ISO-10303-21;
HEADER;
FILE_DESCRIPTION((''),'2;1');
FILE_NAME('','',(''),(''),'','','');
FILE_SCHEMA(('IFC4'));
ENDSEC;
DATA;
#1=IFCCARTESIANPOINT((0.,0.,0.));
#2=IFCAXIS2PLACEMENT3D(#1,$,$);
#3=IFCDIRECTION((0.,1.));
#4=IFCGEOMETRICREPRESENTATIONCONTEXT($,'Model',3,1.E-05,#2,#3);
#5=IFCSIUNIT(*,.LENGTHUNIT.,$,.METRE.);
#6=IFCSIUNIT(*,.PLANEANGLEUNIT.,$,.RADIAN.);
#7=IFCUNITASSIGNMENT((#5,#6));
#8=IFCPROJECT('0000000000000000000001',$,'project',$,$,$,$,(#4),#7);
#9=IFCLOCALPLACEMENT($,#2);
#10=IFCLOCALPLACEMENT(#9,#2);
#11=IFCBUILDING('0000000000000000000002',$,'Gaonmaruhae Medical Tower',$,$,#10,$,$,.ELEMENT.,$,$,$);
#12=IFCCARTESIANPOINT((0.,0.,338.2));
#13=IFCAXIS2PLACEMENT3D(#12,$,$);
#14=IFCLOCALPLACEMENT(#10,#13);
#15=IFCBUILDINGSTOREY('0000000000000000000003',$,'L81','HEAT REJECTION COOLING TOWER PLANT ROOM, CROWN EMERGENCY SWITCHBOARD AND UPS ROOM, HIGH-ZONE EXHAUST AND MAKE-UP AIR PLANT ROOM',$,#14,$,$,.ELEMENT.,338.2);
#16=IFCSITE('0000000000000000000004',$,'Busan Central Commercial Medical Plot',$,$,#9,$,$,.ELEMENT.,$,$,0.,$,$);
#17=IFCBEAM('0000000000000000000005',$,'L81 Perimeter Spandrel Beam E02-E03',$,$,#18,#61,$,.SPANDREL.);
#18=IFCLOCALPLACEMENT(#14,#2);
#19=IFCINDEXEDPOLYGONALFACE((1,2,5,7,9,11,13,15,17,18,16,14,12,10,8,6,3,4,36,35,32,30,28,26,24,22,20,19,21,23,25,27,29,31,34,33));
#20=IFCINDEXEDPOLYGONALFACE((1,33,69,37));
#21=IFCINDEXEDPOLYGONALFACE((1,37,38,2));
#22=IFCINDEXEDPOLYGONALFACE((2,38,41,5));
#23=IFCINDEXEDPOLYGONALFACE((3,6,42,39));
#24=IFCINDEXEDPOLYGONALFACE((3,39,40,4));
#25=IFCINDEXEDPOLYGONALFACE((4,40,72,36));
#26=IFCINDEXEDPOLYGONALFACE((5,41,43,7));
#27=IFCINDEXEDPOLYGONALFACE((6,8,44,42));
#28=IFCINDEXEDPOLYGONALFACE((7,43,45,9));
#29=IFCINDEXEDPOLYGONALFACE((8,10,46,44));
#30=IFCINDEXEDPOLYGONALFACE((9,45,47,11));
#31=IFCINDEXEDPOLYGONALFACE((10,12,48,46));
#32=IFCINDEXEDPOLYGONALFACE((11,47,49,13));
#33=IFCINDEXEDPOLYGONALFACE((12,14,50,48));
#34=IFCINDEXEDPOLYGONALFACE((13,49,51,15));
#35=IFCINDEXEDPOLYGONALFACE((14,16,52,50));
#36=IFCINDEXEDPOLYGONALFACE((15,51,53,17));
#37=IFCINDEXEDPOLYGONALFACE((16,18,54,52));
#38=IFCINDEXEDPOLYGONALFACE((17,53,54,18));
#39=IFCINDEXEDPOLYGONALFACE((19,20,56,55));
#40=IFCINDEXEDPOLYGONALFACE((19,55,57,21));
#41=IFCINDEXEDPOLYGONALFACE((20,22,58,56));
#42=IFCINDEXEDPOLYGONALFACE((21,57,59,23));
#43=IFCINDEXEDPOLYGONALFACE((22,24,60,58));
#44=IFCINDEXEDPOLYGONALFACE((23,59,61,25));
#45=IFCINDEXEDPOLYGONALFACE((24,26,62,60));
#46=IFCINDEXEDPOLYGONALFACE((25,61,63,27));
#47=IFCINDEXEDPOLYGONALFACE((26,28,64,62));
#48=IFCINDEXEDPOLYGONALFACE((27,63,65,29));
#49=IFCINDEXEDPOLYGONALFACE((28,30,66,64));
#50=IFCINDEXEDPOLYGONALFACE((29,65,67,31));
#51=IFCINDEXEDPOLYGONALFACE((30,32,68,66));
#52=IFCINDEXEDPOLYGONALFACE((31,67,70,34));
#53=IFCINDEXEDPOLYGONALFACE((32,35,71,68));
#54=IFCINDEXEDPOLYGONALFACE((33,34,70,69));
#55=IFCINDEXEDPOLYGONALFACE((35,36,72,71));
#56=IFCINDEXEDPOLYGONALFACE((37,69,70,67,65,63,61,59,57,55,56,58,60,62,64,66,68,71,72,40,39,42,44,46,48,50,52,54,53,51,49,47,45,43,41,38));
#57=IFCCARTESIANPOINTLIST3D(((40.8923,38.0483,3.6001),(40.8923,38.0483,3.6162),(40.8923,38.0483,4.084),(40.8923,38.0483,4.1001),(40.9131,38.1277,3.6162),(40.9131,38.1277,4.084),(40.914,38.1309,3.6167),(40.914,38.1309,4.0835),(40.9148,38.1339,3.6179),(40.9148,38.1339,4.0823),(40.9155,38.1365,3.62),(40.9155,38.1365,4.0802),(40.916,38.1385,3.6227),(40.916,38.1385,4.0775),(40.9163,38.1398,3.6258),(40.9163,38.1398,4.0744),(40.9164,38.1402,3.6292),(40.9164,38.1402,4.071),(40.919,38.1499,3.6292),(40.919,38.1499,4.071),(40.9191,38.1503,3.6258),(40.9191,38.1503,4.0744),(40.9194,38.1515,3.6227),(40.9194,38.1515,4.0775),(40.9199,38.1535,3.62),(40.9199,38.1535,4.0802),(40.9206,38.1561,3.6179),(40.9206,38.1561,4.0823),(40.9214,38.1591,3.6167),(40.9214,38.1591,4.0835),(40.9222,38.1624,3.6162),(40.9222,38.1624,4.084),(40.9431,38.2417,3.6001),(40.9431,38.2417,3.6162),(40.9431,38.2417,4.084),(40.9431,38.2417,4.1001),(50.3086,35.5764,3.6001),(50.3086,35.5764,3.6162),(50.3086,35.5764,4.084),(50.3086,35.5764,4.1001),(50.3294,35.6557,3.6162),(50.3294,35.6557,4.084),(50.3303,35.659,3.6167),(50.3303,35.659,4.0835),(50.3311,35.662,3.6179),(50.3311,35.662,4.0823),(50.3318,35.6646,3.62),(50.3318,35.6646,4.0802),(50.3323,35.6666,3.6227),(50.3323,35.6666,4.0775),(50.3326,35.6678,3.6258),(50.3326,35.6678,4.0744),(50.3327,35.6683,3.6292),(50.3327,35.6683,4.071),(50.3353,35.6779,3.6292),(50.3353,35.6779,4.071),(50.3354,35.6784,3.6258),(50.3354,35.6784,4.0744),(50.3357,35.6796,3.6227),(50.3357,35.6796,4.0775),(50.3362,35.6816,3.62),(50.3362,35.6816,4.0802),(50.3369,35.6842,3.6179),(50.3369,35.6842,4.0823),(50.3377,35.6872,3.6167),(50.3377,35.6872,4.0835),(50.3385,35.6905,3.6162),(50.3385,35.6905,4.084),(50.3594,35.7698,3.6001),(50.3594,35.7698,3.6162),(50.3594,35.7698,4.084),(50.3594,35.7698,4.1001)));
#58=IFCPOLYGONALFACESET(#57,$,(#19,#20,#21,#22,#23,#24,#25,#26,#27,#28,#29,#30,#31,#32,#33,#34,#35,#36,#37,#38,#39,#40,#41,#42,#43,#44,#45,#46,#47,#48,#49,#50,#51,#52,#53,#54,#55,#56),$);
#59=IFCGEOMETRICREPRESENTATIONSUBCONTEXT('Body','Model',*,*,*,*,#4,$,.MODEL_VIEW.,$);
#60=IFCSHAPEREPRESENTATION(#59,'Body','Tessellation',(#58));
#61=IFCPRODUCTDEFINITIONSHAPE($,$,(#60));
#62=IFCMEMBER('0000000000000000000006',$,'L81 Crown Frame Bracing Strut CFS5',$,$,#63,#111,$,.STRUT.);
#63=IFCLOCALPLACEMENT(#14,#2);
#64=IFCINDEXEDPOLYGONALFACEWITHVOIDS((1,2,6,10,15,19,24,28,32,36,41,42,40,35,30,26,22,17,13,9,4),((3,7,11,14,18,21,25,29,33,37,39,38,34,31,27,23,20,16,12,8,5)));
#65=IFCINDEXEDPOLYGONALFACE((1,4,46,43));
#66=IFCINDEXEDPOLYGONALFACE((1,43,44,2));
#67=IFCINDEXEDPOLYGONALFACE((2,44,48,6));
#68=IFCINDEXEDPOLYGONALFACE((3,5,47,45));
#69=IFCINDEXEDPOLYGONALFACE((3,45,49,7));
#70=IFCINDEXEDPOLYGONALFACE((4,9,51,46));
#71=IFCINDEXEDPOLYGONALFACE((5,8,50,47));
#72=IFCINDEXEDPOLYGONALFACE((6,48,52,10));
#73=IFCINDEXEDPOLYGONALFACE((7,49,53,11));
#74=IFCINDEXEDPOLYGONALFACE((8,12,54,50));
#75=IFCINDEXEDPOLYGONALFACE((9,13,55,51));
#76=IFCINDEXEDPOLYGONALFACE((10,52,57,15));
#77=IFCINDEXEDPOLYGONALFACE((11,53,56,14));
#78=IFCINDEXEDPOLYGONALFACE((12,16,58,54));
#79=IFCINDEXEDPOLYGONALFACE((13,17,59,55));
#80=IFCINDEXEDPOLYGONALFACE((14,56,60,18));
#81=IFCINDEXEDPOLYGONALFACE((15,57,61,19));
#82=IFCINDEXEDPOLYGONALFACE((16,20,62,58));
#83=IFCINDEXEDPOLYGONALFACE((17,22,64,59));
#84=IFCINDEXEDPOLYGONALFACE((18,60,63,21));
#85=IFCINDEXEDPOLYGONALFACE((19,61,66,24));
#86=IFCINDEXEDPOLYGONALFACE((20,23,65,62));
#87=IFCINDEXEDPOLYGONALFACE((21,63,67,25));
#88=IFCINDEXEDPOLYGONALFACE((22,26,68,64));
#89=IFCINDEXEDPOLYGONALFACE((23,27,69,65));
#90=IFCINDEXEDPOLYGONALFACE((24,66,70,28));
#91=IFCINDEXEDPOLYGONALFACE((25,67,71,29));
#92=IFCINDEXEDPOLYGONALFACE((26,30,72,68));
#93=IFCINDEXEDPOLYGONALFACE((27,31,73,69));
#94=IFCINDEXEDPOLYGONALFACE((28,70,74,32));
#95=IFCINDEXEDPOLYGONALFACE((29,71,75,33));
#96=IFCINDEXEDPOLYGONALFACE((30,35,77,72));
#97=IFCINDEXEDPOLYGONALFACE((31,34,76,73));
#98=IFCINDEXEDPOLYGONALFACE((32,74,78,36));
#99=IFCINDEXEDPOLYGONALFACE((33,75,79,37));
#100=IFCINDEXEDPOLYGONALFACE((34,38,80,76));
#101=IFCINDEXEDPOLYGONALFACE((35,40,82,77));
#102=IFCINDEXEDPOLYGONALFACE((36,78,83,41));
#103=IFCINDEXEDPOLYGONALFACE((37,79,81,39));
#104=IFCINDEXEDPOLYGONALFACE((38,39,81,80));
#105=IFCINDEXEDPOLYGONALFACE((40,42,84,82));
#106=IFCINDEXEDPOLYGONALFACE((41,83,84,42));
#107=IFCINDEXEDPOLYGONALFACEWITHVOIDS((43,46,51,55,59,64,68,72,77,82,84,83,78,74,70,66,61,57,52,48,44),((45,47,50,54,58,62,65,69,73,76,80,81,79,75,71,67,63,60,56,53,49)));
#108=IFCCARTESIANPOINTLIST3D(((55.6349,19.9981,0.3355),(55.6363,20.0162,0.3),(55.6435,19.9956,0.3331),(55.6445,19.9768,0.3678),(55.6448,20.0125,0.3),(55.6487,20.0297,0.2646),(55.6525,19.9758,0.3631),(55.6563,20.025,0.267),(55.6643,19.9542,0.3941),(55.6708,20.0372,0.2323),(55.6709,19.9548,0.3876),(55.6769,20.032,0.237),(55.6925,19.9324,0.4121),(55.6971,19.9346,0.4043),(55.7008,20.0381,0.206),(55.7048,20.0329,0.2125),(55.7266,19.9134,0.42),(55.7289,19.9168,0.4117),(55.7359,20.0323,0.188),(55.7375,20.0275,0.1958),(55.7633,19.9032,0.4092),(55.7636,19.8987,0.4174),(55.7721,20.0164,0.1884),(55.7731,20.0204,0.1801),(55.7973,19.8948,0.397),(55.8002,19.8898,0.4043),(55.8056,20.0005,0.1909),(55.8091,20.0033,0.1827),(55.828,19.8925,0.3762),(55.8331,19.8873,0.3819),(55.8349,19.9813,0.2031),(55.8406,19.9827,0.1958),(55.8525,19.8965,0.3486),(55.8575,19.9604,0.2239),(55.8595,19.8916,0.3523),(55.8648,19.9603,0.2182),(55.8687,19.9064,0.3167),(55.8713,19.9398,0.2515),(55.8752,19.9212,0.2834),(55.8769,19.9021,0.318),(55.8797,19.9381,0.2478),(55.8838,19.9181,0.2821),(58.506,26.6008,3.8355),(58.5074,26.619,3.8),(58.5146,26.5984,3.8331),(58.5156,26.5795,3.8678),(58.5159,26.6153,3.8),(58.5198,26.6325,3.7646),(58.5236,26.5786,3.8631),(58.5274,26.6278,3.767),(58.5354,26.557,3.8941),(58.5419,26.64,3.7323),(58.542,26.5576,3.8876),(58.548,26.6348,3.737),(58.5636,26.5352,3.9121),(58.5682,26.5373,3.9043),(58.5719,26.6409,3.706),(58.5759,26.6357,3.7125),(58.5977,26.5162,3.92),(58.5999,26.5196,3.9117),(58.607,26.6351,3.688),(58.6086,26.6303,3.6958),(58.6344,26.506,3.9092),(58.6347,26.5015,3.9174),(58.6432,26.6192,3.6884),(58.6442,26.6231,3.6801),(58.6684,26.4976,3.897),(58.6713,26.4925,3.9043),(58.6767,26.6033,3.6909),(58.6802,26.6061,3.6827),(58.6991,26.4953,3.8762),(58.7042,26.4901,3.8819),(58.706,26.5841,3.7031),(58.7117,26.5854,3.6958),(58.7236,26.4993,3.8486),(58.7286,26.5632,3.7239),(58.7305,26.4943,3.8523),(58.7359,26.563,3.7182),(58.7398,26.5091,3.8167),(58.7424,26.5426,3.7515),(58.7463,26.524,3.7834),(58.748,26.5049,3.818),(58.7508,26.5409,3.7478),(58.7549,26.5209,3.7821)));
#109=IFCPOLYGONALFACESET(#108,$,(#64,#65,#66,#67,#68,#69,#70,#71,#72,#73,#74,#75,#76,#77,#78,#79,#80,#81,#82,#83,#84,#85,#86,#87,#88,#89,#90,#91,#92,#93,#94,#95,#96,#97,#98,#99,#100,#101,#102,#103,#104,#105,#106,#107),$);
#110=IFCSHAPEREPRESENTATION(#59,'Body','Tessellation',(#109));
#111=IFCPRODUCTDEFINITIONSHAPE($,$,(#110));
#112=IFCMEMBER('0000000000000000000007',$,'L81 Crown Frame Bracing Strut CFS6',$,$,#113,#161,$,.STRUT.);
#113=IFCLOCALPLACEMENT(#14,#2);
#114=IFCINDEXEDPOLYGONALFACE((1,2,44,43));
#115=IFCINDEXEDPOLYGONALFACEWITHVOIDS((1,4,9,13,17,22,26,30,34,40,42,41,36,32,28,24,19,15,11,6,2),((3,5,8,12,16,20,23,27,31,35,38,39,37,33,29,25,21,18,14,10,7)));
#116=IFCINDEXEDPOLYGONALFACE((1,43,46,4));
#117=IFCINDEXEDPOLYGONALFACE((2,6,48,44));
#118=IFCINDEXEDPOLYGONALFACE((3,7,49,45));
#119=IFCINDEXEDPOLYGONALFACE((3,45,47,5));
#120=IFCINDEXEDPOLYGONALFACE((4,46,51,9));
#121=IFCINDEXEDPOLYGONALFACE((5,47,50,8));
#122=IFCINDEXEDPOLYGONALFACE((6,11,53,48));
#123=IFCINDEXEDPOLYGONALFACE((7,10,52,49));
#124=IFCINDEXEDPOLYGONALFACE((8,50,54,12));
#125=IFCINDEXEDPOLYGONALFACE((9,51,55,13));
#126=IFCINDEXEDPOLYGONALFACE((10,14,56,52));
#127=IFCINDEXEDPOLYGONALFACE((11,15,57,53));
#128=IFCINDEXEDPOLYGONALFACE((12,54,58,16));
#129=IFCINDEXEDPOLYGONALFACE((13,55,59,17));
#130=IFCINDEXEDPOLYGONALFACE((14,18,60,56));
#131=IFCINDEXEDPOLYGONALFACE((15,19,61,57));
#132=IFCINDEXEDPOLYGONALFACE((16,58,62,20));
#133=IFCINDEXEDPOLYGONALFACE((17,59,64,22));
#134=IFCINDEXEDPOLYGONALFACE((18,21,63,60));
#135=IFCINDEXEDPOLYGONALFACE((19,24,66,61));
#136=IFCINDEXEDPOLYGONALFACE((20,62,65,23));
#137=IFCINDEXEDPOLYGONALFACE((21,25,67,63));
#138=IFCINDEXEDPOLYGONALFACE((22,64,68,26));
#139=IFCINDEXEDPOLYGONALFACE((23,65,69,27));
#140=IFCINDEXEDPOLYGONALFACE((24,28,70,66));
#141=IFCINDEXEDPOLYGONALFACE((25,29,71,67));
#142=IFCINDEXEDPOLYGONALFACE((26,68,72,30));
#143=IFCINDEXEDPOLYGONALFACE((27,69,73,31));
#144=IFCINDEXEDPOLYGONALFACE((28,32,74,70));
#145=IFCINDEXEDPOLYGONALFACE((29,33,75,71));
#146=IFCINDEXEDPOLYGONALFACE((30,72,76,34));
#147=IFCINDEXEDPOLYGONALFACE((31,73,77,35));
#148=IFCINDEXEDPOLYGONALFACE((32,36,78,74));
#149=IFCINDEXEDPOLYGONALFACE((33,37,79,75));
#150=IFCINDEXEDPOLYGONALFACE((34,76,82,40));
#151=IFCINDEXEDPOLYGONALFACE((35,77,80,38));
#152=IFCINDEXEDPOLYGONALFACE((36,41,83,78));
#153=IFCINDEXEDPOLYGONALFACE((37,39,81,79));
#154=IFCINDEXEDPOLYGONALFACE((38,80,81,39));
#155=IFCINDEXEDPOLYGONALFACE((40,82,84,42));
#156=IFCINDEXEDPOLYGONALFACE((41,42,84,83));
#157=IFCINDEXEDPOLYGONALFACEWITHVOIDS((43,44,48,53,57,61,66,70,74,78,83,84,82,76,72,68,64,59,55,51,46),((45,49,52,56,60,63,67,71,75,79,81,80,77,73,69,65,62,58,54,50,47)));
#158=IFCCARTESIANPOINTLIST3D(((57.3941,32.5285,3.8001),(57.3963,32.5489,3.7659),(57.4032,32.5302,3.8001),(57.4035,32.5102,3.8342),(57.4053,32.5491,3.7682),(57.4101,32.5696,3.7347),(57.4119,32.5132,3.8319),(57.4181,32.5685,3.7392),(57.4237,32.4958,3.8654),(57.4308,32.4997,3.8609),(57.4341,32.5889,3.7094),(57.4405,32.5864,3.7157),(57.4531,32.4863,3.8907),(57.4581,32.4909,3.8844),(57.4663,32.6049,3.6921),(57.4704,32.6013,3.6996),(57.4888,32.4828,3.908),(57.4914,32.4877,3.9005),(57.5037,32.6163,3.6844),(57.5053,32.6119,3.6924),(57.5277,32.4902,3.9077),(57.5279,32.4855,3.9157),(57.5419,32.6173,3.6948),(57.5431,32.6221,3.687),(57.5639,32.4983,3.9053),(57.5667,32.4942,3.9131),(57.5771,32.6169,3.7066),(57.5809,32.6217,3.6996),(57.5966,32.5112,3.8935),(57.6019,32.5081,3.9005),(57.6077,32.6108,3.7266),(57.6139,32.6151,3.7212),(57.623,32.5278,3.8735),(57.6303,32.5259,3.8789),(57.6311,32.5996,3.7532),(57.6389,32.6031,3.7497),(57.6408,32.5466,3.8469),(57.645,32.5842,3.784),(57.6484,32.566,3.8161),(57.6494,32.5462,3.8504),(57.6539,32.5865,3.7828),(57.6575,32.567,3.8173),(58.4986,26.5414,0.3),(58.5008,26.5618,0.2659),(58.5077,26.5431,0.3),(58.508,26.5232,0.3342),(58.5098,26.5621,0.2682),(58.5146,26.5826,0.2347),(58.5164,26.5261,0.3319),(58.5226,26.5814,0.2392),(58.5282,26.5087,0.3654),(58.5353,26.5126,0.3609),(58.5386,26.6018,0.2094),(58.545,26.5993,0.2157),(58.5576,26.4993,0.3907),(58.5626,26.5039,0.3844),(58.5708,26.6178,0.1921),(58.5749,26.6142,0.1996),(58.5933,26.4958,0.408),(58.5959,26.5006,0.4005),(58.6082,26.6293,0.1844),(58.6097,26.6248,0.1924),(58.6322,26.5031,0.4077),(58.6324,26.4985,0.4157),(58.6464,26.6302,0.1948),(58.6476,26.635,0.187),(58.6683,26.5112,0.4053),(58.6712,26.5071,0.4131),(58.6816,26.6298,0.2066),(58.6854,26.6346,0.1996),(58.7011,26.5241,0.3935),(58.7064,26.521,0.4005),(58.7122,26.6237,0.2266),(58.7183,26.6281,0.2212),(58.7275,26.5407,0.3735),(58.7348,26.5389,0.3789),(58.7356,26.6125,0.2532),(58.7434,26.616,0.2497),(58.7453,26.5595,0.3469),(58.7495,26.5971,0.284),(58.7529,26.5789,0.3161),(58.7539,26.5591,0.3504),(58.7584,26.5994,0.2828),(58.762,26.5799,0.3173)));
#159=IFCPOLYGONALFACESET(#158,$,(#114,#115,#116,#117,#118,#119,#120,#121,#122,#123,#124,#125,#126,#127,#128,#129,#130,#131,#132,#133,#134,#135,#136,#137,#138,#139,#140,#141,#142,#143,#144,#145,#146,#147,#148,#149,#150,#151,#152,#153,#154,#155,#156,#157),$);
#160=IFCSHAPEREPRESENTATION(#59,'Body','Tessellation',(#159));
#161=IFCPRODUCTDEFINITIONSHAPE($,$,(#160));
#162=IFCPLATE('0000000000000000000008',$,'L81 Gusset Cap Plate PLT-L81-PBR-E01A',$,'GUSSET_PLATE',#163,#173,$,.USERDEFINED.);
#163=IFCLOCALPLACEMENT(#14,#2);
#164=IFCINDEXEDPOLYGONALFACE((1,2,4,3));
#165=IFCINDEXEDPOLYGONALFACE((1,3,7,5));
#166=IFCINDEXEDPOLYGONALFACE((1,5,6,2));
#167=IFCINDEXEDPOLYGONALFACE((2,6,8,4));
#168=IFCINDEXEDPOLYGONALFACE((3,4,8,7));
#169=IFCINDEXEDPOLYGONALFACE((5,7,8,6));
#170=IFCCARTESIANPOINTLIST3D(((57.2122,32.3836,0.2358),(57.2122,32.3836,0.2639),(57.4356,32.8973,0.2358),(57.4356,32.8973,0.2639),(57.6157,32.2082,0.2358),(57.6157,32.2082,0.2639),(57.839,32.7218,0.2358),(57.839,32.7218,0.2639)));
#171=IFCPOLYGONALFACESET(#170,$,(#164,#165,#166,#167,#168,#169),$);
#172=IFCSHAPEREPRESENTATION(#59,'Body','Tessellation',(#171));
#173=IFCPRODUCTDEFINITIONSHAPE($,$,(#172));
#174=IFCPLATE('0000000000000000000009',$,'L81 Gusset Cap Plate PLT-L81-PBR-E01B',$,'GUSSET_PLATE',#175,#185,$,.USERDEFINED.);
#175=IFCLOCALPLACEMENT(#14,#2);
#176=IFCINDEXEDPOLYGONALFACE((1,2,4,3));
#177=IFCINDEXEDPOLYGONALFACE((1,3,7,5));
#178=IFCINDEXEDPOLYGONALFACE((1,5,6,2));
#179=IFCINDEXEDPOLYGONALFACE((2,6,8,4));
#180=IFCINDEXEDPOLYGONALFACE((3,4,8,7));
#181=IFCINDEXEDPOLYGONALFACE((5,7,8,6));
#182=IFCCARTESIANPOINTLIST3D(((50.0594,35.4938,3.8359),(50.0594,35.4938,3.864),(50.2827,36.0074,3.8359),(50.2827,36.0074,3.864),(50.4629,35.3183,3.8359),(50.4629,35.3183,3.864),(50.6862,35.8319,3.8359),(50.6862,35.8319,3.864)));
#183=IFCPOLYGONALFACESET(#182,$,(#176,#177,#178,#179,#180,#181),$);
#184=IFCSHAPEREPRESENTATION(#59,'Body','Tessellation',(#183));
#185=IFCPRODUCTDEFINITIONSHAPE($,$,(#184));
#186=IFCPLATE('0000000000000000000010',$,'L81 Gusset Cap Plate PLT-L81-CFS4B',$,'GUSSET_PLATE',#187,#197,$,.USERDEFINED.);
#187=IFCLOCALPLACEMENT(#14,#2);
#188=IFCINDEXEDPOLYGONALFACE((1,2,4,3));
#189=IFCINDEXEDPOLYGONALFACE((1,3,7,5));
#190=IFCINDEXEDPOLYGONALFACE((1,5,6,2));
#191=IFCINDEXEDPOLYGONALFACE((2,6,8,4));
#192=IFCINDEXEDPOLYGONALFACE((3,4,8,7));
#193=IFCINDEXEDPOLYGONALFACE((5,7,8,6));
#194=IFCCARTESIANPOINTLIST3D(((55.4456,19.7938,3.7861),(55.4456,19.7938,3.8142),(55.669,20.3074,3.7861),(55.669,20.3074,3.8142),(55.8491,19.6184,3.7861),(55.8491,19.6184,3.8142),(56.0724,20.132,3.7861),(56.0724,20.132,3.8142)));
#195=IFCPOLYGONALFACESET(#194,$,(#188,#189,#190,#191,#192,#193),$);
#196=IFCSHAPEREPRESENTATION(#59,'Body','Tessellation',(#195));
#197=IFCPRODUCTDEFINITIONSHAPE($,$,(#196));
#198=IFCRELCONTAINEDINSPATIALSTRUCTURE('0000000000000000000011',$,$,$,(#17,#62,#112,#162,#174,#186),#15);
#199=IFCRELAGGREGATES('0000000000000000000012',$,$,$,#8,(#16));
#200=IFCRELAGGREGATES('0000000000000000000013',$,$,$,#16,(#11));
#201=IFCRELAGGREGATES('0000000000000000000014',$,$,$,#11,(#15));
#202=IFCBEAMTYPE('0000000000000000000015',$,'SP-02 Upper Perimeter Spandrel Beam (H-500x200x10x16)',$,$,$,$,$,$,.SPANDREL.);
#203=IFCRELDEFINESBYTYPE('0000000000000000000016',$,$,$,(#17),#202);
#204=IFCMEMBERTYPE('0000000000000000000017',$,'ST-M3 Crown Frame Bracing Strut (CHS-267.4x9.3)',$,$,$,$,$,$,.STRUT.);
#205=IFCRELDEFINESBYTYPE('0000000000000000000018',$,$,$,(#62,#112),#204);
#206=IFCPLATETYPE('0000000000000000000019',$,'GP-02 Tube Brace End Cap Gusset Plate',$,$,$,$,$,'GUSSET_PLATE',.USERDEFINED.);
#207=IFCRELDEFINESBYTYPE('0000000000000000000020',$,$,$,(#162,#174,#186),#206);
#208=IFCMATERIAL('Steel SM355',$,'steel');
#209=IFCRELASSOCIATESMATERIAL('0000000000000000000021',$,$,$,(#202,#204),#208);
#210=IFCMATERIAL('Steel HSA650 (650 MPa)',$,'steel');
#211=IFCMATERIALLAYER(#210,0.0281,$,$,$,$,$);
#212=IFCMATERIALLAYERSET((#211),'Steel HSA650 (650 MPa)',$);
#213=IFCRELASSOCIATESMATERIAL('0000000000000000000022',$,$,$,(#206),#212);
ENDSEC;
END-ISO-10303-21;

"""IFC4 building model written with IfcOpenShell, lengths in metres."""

from ifc_helpers import new_model, si_unit, direction, frame, origin, origin_2d, place, context, subcontext, project, spatial, rectangle, hollow_circle, i_section, extrude, material, layer, layer_set, material_profile, profile_set, type_object, element, save


model = new_model("IFC4")

# Units and contexts
model_context = context("Model", 3, precision=1e-05, world=origin(), true_north=direction((0.0, 1.0)))
body_context = subcontext(model_context, "Body", "Model", "MODEL_VIEW")
ifc_project = project(units=[si_unit("LENGTHUNIT", "METRE"), si_unit("PLANEANGLEUNIT", "RADIAN")], contexts=[model_context])

# Site, building, storey
site_placement = place(None, origin())
site = spatial("IfcSite", under=ifc_project, at=site_placement, Name="Busan Central Commercial Medical Plot", CompositionType="ELEMENT", RefElevation=0.0)
building_placement = place(site_placement, origin())
building = spatial("IfcBuilding", under=site, at=building_placement, Name="Gaonmaruhae Medical Tower", CompositionType="ELEMENT")
storey_placement = place(building_placement, frame((0.0, 0.0, 338.2)))
storey = spatial("IfcBuildingStorey", under=building, at=storey_placement, Name="L81", Description="HEAT REJECTION COOLING TOWER PLANT ROOM, CROWN EMERGENCY SWITCHBOARD AND UPS ROOM, HIGH-ZONE EXHAUST AND MAKE-UP AIR PLANT ROOM", CompositionType="ELEMENT", Elevation=338.2)

# Shared definitions
ifc_material_1 = material(Name="Steel SM355", Category="steel")

# Beam
ifc_material_profile_1 = material_profile(ifc_material_1, i_section(OverallWidth=0.2, OverallDepth=0.5, WebThickness=0.01, FlangeThickness=0.0161, FilletRadius=0.0129, at=origin_2d()), Name="H-500x200x10x16")
ifc_profile_set_1 = profile_set([ifc_material_profile_1], Name="Steel SM355")
beam_type = type_object("IfcBeamType", Name="SP-02 Upper Perimeter Spandrel Beam (H-500x200x10x16)", PredefinedType="SPANDREL", material=ifc_profile_set_1)
beam_1_placement = place(storey_placement, frame((50.334, 35.6731, 3.8501), z_axis=(-0.967227, 0.253913, 0.0), x_axis=(-0.253913, -0.967227, 0.0)))
element("IfcBeam", 1, at=beam_1_placement, inside=storey, type_object=beam_type, Name="L81 Perimeter Spandrel Beam E02-E03", PredefinedType="SPANDREL", context=body_context, shape_type="SweptSolid", body=[
    extrude(i_section(OverallWidth=0.2, OverallDepth=0.5, WebThickness=0.01, FlangeThickness=0.0161, FilletRadius=0.0129, at=origin_2d()), origin(), (0.0, 0.0, 1.0), 9.7354),
])

# Members
ifc_material_profile_2 = material_profile(ifc_material_1, hollow_circle(Radius=0.1338, WallThickness=0.0093, at=origin_2d()), Name="CHS-267.4x9.3")
ifc_profile_set_2 = profile_set([ifc_material_profile_2], Name="Steel SM355")
member_type_1 = type_object("IfcMemberType", Name="ST-M3 Crown Frame Bracing Strut (CHS-267.4x9.3)", PredefinedType="STRUT", material=ifc_profile_set_2)
member_1_placement = place(storey_placement, frame((55.759, 19.9629, 0.3), z_axis=(0.358635, 0.824769, 0.437193), x_axis=(-0.917054, 0.398763, 0.0)))
element("IfcMember", 2, at=member_1_placement, inside=storey, type_object=member_type_1, Name="L81 Crown Frame Bracing Strut CFS5", PredefinedType="STRUT", context=body_context, shape_type="SweptSolid", body=[
    extrude(hollow_circle(Radius=0.1338, WallThickness=0.0093, at=origin_2d()), origin(), (0.0, 0.0, 1.0), 8.0056),
])
member_2_placement = place(storey_placement, frame((58.6301, 26.5657, 0.3), z_axis=(-0.15728, 0.85256, 0.498402), x_axis=(-0.983406, -0.181419, 0.0)))
element("IfcMember", 3, at=member_2_placement, inside=storey, type_object=member_type_1, Name="L81 Crown Frame Bracing Strut CFS6", PredefinedType="STRUT", context=body_context, shape_type="SweptSolid", body=[
    extrude(hollow_circle(Radius=0.1338, WallThickness=0.0093, at=origin_2d()), origin(), (0.0, 0.0, 1.0), 7.0225),
])

# Plates
ifc_material_2 = material(Name="Steel HSA650 (650 MPa)", Category="steel")
ifc_layer_1 = layer(ifc_material_2, 0.0281)
ifc_layer_set_1 = layer_set([ifc_layer_1], Name="Steel HSA650 (650 MPa)")
plate_type = type_object("IfcPlateType", Name="GP-02 Tube Brace End Cap Gusset Plate", ElementType="GUSSET_PLATE", PredefinedType="USERDEFINED", material=ifc_layer_set_1)
for number, where, z_axis, x_axis, name in (
    (4, (57.5256, 32.5527, 0.2358), (0.0, 0.0, 1.0), (0.398749, 0.91706, 0.0), "L81 Gusset Cap Plate PLT-L81-PBR-E01A"),
    (5, (50.3728, 35.6628, 3.8359), (0.0, 0.0, 1.0), (0.398749, 0.91706, 0.0), "L81 Gusset Cap Plate PLT-L81-PBR-E01B"),
    (6, (55.759, 19.9629, 3.7861), (0.0, 0.0, 1.0), (0.398749, 0.91706, 0.0), "L81 Gusset Cap Plate PLT-L81-CFS4B"),
):
    element("IfcPlate", number, at=place(storey_placement, frame(where, z_axis=z_axis, x_axis=x_axis)), inside=storey, type_object=plate_type, Name=name, ObjectType="GUSSET_PLATE", PredefinedType="USERDEFINED", context=body_context, shape_type="SweptSolid", body=[
        extrude(rectangle(XDim=0.5601, YDim=0.4399, at=origin_2d()), origin(), (0.0, 0.0, 1.0), 0.0281),
    ])

save(model, "model.ifc")
